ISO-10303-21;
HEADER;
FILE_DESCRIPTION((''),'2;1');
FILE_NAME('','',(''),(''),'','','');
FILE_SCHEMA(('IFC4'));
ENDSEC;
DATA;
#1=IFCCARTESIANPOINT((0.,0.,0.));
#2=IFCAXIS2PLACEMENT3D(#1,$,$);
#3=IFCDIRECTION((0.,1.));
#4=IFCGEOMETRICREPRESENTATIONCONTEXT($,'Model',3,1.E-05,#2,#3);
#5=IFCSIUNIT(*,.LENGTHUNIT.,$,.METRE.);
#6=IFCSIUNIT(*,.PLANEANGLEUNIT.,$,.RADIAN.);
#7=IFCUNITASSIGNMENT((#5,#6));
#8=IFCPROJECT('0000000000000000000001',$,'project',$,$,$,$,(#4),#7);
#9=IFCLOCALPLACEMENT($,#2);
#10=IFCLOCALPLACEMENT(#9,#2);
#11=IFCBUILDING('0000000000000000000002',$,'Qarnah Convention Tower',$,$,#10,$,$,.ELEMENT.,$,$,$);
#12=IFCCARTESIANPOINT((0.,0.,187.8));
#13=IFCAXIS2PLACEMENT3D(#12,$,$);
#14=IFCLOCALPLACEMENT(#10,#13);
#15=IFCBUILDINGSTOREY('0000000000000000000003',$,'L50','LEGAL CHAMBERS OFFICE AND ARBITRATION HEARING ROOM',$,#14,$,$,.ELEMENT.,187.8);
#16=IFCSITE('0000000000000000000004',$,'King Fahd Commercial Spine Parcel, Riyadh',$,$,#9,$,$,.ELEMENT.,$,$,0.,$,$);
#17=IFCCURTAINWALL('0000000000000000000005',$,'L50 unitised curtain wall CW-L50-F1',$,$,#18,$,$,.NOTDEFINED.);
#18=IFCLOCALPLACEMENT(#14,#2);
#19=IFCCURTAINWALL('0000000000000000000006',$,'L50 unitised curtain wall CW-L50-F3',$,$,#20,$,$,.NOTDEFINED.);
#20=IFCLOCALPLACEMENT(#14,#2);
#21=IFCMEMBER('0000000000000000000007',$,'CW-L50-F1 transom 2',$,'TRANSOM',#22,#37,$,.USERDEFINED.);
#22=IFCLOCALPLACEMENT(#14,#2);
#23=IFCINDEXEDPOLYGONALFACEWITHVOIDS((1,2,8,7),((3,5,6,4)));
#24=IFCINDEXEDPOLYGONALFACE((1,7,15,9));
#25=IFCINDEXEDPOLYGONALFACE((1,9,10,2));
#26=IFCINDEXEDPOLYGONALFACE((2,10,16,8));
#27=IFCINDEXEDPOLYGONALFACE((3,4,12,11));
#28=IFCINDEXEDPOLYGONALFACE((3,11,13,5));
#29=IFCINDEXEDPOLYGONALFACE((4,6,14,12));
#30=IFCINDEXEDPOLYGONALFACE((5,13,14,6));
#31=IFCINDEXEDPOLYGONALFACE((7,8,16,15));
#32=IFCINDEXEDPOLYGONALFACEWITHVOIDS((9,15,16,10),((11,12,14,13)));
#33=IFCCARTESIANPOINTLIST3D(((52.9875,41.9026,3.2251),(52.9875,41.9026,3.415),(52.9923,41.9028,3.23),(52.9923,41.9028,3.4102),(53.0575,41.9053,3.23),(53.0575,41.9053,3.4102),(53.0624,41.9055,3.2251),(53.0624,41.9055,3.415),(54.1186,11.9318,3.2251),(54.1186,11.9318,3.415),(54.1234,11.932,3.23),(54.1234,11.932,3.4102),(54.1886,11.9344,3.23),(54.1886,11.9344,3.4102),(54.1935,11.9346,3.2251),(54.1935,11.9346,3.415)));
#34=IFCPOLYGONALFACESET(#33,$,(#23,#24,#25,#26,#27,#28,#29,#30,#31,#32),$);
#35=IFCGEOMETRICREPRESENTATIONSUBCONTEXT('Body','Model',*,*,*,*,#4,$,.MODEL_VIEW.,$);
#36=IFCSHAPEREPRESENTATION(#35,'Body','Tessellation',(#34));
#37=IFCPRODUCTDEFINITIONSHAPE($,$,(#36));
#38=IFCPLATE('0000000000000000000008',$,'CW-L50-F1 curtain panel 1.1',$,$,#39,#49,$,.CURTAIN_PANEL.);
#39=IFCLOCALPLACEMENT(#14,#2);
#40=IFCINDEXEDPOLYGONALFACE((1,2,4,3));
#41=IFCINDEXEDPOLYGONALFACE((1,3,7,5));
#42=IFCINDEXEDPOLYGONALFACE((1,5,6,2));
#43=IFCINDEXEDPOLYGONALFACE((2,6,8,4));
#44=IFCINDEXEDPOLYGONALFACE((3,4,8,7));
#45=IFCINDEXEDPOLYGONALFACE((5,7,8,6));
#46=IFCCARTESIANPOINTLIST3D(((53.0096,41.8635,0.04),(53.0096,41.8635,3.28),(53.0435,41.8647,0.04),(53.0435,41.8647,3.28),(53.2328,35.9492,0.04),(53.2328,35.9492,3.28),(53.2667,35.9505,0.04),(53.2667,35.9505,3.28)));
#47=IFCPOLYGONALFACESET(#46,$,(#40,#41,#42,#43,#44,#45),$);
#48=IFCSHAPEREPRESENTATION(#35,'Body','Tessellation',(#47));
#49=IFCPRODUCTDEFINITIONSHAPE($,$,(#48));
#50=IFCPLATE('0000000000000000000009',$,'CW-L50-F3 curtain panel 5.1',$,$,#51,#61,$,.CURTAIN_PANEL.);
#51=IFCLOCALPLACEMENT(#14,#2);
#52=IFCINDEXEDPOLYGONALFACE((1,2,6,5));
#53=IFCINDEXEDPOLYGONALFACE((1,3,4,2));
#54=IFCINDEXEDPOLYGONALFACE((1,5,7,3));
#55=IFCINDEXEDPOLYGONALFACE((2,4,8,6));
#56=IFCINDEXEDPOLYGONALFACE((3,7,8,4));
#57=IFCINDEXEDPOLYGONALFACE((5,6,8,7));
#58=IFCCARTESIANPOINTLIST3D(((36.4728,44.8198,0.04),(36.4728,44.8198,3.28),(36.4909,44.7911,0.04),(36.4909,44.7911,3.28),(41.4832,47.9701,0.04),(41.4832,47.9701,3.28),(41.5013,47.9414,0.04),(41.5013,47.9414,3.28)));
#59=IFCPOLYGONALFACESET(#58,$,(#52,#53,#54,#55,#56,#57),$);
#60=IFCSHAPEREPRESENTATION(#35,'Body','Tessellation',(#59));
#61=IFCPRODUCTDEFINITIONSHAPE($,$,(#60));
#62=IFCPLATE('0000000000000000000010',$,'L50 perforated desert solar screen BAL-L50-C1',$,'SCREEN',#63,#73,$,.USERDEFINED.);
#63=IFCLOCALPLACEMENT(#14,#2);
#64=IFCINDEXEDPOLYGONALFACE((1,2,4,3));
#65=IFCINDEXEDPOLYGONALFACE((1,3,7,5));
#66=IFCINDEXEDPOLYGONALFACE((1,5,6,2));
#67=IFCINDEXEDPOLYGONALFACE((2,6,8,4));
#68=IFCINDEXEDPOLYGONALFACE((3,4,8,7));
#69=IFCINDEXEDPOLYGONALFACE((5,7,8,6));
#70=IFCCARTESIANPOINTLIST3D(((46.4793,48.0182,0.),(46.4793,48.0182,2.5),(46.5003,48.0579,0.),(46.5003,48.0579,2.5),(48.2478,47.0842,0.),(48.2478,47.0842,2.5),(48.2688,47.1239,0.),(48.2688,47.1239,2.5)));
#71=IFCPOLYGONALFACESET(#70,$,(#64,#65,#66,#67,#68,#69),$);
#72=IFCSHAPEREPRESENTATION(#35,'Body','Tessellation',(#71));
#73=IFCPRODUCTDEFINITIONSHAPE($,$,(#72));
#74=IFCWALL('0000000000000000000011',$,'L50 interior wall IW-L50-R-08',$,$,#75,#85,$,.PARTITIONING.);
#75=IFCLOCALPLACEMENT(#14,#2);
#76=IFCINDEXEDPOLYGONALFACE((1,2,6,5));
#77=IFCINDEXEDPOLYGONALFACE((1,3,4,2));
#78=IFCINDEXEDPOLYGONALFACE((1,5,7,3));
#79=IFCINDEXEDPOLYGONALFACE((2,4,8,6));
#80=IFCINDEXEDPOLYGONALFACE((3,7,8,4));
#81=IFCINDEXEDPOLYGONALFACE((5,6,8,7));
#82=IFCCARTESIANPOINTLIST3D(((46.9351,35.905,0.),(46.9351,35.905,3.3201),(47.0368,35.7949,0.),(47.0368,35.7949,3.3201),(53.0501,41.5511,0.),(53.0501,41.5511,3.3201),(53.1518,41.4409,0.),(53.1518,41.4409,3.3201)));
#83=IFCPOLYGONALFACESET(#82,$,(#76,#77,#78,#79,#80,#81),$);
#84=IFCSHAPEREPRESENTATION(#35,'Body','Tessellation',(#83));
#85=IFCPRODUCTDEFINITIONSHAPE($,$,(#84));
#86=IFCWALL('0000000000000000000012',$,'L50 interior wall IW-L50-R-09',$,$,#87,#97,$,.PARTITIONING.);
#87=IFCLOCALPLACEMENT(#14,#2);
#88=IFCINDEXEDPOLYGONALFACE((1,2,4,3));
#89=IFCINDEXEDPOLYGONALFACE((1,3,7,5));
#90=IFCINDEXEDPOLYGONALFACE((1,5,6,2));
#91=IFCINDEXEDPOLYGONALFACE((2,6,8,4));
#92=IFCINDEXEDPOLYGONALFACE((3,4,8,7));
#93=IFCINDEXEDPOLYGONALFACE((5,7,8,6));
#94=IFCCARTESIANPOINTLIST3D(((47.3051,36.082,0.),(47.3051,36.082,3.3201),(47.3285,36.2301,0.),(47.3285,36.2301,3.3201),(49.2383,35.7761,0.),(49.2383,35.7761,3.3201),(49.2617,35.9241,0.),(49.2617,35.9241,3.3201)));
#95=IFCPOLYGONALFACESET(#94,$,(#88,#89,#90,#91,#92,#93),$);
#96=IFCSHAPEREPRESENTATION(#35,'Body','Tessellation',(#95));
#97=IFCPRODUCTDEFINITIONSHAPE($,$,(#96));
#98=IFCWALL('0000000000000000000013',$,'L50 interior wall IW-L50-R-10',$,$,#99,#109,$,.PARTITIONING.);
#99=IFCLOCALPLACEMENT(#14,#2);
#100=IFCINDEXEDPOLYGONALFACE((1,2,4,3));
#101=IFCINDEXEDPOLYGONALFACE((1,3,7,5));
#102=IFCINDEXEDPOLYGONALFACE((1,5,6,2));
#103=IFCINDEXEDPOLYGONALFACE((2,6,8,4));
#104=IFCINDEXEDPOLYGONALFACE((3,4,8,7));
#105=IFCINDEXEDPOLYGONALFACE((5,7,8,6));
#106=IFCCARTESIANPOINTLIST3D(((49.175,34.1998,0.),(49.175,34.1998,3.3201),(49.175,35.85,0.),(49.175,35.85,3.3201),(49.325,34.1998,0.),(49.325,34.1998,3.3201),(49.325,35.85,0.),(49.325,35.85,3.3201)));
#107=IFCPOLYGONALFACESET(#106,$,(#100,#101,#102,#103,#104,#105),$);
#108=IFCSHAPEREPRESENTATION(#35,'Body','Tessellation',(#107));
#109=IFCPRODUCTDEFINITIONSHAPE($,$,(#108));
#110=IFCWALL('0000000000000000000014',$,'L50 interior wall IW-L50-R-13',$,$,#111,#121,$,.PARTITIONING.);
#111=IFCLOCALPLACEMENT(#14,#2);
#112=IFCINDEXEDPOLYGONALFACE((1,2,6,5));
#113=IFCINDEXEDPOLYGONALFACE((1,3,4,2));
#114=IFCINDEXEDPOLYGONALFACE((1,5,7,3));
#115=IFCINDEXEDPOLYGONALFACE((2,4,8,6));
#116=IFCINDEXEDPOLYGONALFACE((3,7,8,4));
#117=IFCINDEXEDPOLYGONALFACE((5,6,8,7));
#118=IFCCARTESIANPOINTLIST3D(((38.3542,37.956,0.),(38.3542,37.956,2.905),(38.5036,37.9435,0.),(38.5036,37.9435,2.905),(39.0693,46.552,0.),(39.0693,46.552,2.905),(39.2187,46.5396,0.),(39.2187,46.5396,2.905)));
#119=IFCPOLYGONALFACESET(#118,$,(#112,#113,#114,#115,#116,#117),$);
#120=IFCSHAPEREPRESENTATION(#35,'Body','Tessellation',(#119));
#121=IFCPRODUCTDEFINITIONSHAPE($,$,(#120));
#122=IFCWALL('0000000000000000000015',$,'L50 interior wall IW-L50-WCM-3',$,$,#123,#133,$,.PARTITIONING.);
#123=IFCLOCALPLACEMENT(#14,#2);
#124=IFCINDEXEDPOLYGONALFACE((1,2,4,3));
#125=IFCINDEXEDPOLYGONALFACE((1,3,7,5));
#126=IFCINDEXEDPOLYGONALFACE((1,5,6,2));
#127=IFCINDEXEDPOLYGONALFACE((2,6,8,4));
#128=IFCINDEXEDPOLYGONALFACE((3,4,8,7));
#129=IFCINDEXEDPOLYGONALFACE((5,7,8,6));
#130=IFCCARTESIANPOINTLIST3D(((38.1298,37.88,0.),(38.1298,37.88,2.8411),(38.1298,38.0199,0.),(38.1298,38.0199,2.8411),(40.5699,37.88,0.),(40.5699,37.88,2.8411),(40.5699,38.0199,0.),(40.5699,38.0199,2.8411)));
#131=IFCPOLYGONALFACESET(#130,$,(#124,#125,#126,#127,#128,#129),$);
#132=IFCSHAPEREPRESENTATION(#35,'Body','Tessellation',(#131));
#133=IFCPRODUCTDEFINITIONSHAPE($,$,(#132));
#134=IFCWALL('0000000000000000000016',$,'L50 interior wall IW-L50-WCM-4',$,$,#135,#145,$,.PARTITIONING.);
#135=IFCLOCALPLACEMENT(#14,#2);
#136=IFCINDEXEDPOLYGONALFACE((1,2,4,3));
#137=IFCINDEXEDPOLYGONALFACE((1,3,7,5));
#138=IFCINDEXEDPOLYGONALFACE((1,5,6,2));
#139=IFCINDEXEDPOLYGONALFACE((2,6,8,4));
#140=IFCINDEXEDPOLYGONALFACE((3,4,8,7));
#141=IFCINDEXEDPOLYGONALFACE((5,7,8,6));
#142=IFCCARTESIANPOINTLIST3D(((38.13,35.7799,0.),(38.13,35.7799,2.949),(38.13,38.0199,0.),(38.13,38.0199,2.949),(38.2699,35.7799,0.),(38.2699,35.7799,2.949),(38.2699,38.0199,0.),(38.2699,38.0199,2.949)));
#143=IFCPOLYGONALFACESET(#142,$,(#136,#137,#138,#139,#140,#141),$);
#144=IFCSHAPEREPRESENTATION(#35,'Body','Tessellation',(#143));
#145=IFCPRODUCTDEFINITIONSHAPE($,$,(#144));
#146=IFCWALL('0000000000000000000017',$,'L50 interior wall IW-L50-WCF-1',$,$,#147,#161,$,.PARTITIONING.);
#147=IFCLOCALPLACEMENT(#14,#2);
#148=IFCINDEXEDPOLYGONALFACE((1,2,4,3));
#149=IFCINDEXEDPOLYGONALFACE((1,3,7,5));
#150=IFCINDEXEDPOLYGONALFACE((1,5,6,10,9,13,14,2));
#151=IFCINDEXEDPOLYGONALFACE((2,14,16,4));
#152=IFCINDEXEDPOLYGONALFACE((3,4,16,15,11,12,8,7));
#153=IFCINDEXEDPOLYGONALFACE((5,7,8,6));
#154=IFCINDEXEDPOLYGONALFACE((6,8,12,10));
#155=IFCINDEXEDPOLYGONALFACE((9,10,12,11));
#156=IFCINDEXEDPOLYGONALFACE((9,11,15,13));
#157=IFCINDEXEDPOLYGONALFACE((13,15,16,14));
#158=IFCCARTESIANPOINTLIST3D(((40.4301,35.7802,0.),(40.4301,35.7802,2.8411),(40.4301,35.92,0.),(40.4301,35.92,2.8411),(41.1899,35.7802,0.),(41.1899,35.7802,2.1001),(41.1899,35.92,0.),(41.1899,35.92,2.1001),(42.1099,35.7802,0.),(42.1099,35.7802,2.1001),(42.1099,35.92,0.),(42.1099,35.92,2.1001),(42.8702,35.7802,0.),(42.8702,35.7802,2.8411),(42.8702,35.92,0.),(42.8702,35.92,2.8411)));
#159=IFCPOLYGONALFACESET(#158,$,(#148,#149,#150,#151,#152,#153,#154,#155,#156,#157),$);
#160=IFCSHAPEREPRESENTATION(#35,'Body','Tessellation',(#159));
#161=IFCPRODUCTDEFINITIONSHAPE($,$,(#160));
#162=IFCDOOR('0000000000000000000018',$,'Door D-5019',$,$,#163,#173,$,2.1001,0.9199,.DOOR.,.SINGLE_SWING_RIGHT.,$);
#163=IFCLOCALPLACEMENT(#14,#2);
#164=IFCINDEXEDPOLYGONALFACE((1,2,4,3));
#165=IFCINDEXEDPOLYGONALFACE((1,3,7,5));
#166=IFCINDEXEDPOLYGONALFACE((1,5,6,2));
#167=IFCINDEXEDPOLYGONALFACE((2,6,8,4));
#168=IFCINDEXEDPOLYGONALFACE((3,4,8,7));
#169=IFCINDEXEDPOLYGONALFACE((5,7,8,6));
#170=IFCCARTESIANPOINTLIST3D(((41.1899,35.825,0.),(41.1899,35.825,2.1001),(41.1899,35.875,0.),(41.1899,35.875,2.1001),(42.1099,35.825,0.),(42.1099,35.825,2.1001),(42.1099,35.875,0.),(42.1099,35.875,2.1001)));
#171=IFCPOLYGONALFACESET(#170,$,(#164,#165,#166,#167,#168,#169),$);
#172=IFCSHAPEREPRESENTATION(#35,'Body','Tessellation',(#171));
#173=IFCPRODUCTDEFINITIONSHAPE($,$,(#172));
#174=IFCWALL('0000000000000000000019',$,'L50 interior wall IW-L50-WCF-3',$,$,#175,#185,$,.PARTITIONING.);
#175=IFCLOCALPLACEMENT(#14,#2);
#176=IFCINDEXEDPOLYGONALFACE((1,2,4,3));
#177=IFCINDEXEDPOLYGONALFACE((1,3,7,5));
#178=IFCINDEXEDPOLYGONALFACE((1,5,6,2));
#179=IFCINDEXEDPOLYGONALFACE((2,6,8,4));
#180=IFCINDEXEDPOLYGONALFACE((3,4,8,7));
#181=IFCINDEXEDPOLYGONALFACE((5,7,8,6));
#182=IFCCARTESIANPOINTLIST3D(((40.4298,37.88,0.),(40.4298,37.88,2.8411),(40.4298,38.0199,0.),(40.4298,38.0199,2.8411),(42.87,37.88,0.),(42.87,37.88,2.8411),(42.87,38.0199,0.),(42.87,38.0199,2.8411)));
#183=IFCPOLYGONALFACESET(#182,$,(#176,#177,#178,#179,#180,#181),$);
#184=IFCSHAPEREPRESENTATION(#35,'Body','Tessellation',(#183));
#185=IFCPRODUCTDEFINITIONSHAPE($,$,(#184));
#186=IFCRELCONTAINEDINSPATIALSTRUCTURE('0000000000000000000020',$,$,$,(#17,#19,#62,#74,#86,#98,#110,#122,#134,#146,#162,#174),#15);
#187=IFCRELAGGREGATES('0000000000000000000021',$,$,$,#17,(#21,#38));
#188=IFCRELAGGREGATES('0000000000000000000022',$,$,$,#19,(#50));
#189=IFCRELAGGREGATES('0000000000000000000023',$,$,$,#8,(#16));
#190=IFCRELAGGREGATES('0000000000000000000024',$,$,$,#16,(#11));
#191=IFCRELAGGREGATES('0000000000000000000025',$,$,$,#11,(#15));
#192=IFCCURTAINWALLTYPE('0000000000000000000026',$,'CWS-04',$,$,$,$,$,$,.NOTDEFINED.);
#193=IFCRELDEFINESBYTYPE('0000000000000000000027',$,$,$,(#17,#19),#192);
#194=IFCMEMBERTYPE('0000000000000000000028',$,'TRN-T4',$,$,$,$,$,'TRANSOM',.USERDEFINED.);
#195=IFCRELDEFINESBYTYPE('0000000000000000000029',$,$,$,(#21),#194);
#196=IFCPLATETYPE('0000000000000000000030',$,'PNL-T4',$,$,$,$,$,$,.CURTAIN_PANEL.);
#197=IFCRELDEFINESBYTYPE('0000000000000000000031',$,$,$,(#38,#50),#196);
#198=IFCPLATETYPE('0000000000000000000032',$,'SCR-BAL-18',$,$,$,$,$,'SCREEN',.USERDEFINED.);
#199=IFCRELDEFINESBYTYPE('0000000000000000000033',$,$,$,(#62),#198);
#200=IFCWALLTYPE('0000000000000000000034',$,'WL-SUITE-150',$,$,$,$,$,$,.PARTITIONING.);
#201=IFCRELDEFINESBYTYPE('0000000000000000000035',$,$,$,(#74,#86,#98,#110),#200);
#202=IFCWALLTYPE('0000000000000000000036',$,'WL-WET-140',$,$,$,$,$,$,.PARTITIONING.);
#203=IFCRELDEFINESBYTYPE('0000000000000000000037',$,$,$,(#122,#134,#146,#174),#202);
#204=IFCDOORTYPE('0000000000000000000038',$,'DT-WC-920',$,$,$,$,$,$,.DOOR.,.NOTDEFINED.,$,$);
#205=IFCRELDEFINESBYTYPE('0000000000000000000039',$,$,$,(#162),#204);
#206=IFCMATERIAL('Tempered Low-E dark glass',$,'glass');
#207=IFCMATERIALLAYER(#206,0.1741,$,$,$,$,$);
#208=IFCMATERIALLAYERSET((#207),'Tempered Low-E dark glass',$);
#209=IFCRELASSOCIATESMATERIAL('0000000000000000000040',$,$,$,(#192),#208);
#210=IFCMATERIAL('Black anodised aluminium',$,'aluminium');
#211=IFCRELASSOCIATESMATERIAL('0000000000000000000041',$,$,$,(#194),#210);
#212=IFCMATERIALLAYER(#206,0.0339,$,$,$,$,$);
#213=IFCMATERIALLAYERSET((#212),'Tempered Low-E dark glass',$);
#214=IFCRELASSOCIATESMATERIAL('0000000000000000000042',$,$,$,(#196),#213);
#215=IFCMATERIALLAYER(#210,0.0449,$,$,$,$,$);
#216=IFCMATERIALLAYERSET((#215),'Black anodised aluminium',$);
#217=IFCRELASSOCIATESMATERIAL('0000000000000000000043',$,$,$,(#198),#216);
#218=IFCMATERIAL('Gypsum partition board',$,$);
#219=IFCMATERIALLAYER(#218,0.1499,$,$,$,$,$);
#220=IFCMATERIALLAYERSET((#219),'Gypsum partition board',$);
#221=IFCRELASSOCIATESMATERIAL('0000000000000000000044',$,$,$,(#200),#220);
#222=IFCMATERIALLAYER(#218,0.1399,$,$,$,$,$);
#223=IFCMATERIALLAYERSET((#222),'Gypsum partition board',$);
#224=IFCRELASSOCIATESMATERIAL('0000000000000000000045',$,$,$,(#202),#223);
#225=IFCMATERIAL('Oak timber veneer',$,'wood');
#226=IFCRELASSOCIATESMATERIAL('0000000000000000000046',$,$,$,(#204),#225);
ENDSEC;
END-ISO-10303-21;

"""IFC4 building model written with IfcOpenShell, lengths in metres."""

from ifc_helpers import new_model, si_unit, direction, frame, frame_2d, origin, origin_2d, place, context, subcontext, project, spatial, rectangle, hollow_rectangle, extrude, material, layer, layer_set, material_profile, profile_set, type_object, element, fill, aggregate, save


model = new_model("IFC4")

# Units and contexts
model_context = context("Model", 3, precision=1e-05, world=origin(), true_north=direction((0.0, 1.0)))
body_context = subcontext(model_context, "Body", "Model", "MODEL_VIEW")
ifc_project = project(units=[si_unit("LENGTHUNIT", "METRE"), si_unit("PLANEANGLEUNIT", "RADIAN")], contexts=[model_context])

# Site, building, storey
site_placement = place(None, origin())
site = spatial("IfcSite", under=ifc_project, at=site_placement, Name="King Fahd Commercial Spine Parcel, Riyadh", CompositionType="ELEMENT", RefElevation=0.0)
building_placement = place(site_placement, origin())
building = spatial("IfcBuilding", under=site, at=building_placement, Name="Qarnah Convention Tower", CompositionType="ELEMENT")
storey_placement = place(building_placement, frame((0.0, 0.0, 187.8)))
storey = spatial("IfcBuildingStorey", under=building, at=storey_placement, Name="L50", Description="LEGAL CHAMBERS OFFICE AND ARBITRATION HEARING ROOM", CompositionType="ELEMENT", Elevation=187.8)

# Curtain wall
ifc_material_1 = material(Name="Tempered Low-E dark glass", Category="glass")
ifc_layer_1 = layer(ifc_material_1, 0.1741)
ifc_layer_set_1 = layer_set([ifc_layer_1], Name="Tempered Low-E dark glass")
curtain_wall_type = type_object("IfcCurtainWallType", Name="CWS-04", PredefinedType="NOTDEFINED", material=ifc_layer_set_1)
curtain_wall_1_placement = place(storey_placement, origin())
curtain_wall_1 = element("IfcCurtainWall", 1, at=curtain_wall_1_placement, inside=storey, type_object=curtain_wall_type, Name="L50 unitised curtain wall CW-L50-F1", PredefinedType="NOTDEFINED")
ifc_material_2 = material(Name="Black anodised aluminium", Category="aluminium")

# Curtain wall
curtain_wall_2_placement = place(storey_placement, origin())
curtain_wall_2 = element("IfcCurtainWall", 2, at=curtain_wall_2_placement, inside=storey, type_object=curtain_wall_type, Name="L50 unitised curtain wall CW-L50-F3", PredefinedType="NOTDEFINED")

# Member
ifc_material_profile_1 = material_profile(ifc_material_2, hollow_rectangle(XDim=0.075, YDim=0.1899, WallThickness=0.0049, at=origin_2d()), Name="TRN-75X190")
ifc_profile_set_1 = profile_set([ifc_material_profile_1], Name="Black anodised aluminium")
member_type_1 = type_object("IfcMemberType", Name="TRN-T4", ElementType="TRANSOM", PredefinedType="USERDEFINED", material=ifc_profile_set_1)
member_1_placement = place(storey_placement, frame((53.0249, 41.9041, 3.3201), z_axis=(0.037713, -0.999289, 0.0), x_axis=(0.999289, 0.037713, 0.0)))
member_1 = element("IfcMember", 3, at=member_1_placement, type_object=member_type_1, Name="CW-L50-F1 transom 2", ObjectType="TRANSOM", PredefinedType="USERDEFINED", context=body_context, shape_type="SweptSolid", body=[
    extrude(hollow_rectangle(XDim=0.075, YDim=0.1899, WallThickness=0.0049, at=origin_2d()), origin(), (0.0, 0.0, 1.0), 29.9922),
])

# Plates
ifc_layer_2 = layer(ifc_material_1, 0.0339)
ifc_layer_set_2 = layer_set([ifc_layer_2], Name="Tempered Low-E dark glass")
plate_type_1 = type_object("IfcPlateType", Name="PNL-T4", PredefinedType="CURTAIN_PANEL", material=ifc_layer_set_2)
plate_1_placement = place(storey_placement, frame((53.1382, 38.907, 0.04), z_axis=(0.0, 0.0, 1.0), x_axis=(0.03771, -0.999289, 0.0)))
plate_1 = element("IfcPlate", 4, at=plate_1_placement, type_object=plate_type_1, Name="CW-L50-F1 curtain panel 1.1", PredefinedType="CURTAIN_PANEL", context=body_context, shape_type="SweptSolid", body=[
    extrude(rectangle(XDim=5.9185, YDim=0.0339, at=origin_2d()), origin(), (0.0, 0.0, 1.0), 3.24),
])
aggregate(curtain_wall_1, [member_1, plate_1])
plate_2_placement = place(storey_placement, frame((38.9871, 46.3806, 0.04), z_axis=(0.0, 0.0, 1.0), x_axis=(0.846568, 0.532281, 0.0)))
plate_2 = element("IfcPlate", 5, at=plate_2_placement, type_object=plate_type_1, Name="CW-L50-F3 curtain panel 5.1", PredefinedType="CURTAIN_PANEL", context=body_context, shape_type="SweptSolid", body=[
    extrude(rectangle(XDim=5.9185, YDim=0.0339, at=origin_2d()), origin(), (0.0, 0.0, 1.0), 3.24),
])
aggregate(curtain_wall_2, [plate_2])
ifc_layer_3 = layer(ifc_material_2, 0.0449)
ifc_layer_set_3 = layer_set([ifc_layer_3], Name="Black anodised aluminium")
plate_type_2 = type_object("IfcPlateType", Name="SCR-BAL-18", ElementType="SCREEN", PredefinedType="USERDEFINED", material=ifc_layer_set_3)
plate_3_placement = place(storey_placement, frame((47.374, 47.571, 0.0), z_axis=(0.0, 0.0, 1.0), x_axis=(0.884256, -0.467003, 0.0)))
element("IfcPlate", 6, at=plate_3_placement, inside=storey, type_object=plate_type_2, Name="L50 perforated desert solar screen BAL-L50-C1", ObjectType="SCREEN", PredefinedType="USERDEFINED", context=body_context, shape_type="SweptSolid", body=[
    extrude(rectangle(XDim=2.0, YDim=0.0449, at=origin_2d()), origin(), (0.0, 0.0, 1.0), 2.5),
])

# Walls
ifc_material_3 = material(Name="Gypsum partition board")
ifc_layer_4 = layer(ifc_material_3, 0.1499)
ifc_layer_set_4 = layer_set([ifc_layer_4], Name="Gypsum partition board")
wall_type_1 = type_object("IfcWallType", Name="WL-SUITE-150", PredefinedType="PARTITIONING", material=ifc_layer_set_4)
wall_1_placement = place(storey_placement, frame((53.1011, 41.4961, 0.0), z_axis=(0.0, 0.0, 1.0), x_axis=(-0.73472, -0.67837, 0.0)))
element("IfcWall", 7, at=wall_1_placement, inside=storey, type_object=wall_type_1, Name="L50 interior wall IW-L50-R-08", PredefinedType="PARTITIONING", context=body_context, shape_type="SweptSolid", body=[
    extrude(rectangle(XDim=8.323, YDim=0.1499, at=frame_2d((4.1616, 0.0))), origin(), (0.0, 0.0, 1.0), 3.3201),
])
wall_2_placement = place(storey_placement, frame((47.3169, 36.156, 0.0), z_axis=(0.0, 0.0, 1.0), x_axis=(0.987709, -0.156302, 0.0)))
element("IfcWall", 8, at=wall_2_placement, inside=storey, type_object=wall_type_1, Name="L50 interior wall IW-L50-R-09", PredefinedType="PARTITIONING", context=body_context, shape_type="SweptSolid", body=[
    extrude(rectangle(XDim=1.9573, YDim=0.1499, at=frame_2d((0.9785, 0.0))), origin(), (0.0, 0.0, 1.0), 3.3201),
])
wall_3_placement = place(storey_placement, frame((49.25, 35.8501, 0.0), z_axis=(0.0, 0.0, 1.0), x_axis=(0.0, -1.0, 0.0)))
element("IfcWall", 9, at=wall_3_placement, inside=storey, type_object=wall_type_1, Name="L50 interior wall IW-L50-R-10", PredefinedType="PARTITIONING", context=body_context, shape_type="SweptSolid", body=[
    extrude(rectangle(XDim=1.6501, YDim=0.1499, at=frame_2d((0.8252, 0.0))), origin(), (0.0, 0.0, 1.0), 3.3201),
])
wall_4_placement = place(storey_placement, frame((39.144, 46.5459, 0.0), z_axis=(0.0, 0.0, 1.0), x_axis=(-0.082903, -0.996558, 0.0)))
element("IfcWall", 10, at=wall_4_placement, inside=storey, type_object=wall_type_1, Name="L50 interior wall IW-L50-R-13", PredefinedType="PARTITIONING", context=body_context, shape_type="SweptSolid", body=[
    extrude(rectangle(XDim=8.6257, YDim=0.1499, at=frame_2d((4.313, 0.0))), origin(), (0.0, 0.0, 1.0), 2.905),
])

# Shared definitions
ifc_material_4 = material(Name="Oak timber veneer", Category="wood")

# Walls
ifc_layer_5 = layer(ifc_material_3, 0.1399)
ifc_layer_set_5 = layer_set([ifc_layer_5], Name="Gypsum partition board")
wall_type_2 = type_object("IfcWallType", Name="WL-WET-140", PredefinedType="PARTITIONING", material=ifc_layer_set_5)
wall_5_placement = place(storey_placement, frame((40.5701, 37.95, 0.0), z_axis=(0.0, 0.0, 1.0), x_axis=(-1.0, 0.0, 0.0)))
element("IfcWall", 11, at=wall_5_placement, inside=storey, type_object=wall_type_2, Name="L50 interior wall IW-L50-WCM-3", PredefinedType="PARTITIONING", context=body_context, shape_type="SweptSolid", body=[
    extrude(rectangle(XDim=2.4402, YDim=0.1399, at=frame_2d((1.2202, 0.0))), origin(), (0.0, 0.0, 1.0), 2.8411),
])
wall_6_placement = place(storey_placement, frame((38.2, 38.02, 0.0), z_axis=(0.0, 0.0, 1.0), x_axis=(0.0, -1.0, 0.0)))
element("IfcWall", 12, at=wall_6_placement, inside=storey, type_object=wall_type_2, Name="L50 interior wall IW-L50-WCM-4", PredefinedType="PARTITIONING", context=body_context, shape_type="SweptSolid", body=[
    extrude(rectangle(XDim=2.24, YDim=0.1399, at=frame_2d((1.1201, 0.0))), origin(), (0.0, 0.0, 1.0), 2.949),
])

# Wall, opening, door
wall_7_placement = place(storey_placement, frame((40.4299, 35.8501, 0.0), z_axis=(0.0, 0.0, 1.0), x_axis=(1.0, 0.0, 0.0)))
wall_7 = element("IfcWall", 13, at=wall_7_placement, inside=storey, type_object=wall_type_2, Name="L50 interior wall IW-L50-WCF-1", PredefinedType="PARTITIONING", context=body_context, shape_type="SweptSolid", body=[
    extrude(rectangle(XDim=2.4402, YDim=0.1399, at=frame_2d((1.2202, 0.0))), origin(), (0.0, 0.0, 1.0), 2.8411),
])
opening_1_placement = place(wall_7_placement, frame((0.76, 0.0, 0.0)))
opening_1 = element("IfcOpeningElement", 14, at=opening_1_placement, cuts=wall_7, PredefinedType="OPENING", context=body_context, shape_type="SweptSolid", body=[
    extrude(rectangle(XDim=0.9199, YDim=2.1001, at=frame_2d((0.46, 1.05))), frame((0.0, 0.0798, 0.0), z_axis=(0.0, -1.0, 0.0), x_axis=(1.0, 0.0, 0.0)), (0.0, 0.0, 1.0), 0.1599),
])
door_type_1 = type_object("IfcDoorType", Name="DT-WC-920", OperationType="NOTDEFINED", PredefinedType="DOOR", material=ifc_material_4)
door_1_placement = place(opening_1_placement, origin())
door_1 = element("IfcDoor", 15, at=door_1_placement, inside=storey, type_object=door_type_1, Name="Door D-5019", OperationType="SINGLE_SWING_RIGHT", OverallHeight=2.1001, OverallWidth=0.9199, PredefinedType="DOOR", context=body_context, shape_type="SweptSolid", body=[
    extrude(rectangle(XDim=0.9199, YDim=2.1001, at=frame_2d((0.46, 1.05))), frame((0.0, 0.0249, 0.0), z_axis=(0.0, -1.0, 0.0), x_axis=(1.0, 0.0, 0.0)), (0.0, 0.0, 1.0), 0.05),
])
fill(opening_1, door_1)

# Wall
wall_8_placement = place(storey_placement, frame((42.8701, 37.95, 0.0), z_axis=(0.0, 0.0, 1.0), x_axis=(-1.0, 0.0, 0.0)))
element("IfcWall", 16, at=wall_8_placement, inside=storey, type_object=wall_type_2, Name="L50 interior wall IW-L50-WCF-3", PredefinedType="PARTITIONING", context=body_context, shape_type="SweptSolid", body=[
    extrude(rectangle(XDim=2.4402, YDim=0.1399, at=frame_2d((1.2202, 0.0))), origin(), (0.0, 0.0, 1.0), 2.8411),
])

save(model, "model.ifc")
